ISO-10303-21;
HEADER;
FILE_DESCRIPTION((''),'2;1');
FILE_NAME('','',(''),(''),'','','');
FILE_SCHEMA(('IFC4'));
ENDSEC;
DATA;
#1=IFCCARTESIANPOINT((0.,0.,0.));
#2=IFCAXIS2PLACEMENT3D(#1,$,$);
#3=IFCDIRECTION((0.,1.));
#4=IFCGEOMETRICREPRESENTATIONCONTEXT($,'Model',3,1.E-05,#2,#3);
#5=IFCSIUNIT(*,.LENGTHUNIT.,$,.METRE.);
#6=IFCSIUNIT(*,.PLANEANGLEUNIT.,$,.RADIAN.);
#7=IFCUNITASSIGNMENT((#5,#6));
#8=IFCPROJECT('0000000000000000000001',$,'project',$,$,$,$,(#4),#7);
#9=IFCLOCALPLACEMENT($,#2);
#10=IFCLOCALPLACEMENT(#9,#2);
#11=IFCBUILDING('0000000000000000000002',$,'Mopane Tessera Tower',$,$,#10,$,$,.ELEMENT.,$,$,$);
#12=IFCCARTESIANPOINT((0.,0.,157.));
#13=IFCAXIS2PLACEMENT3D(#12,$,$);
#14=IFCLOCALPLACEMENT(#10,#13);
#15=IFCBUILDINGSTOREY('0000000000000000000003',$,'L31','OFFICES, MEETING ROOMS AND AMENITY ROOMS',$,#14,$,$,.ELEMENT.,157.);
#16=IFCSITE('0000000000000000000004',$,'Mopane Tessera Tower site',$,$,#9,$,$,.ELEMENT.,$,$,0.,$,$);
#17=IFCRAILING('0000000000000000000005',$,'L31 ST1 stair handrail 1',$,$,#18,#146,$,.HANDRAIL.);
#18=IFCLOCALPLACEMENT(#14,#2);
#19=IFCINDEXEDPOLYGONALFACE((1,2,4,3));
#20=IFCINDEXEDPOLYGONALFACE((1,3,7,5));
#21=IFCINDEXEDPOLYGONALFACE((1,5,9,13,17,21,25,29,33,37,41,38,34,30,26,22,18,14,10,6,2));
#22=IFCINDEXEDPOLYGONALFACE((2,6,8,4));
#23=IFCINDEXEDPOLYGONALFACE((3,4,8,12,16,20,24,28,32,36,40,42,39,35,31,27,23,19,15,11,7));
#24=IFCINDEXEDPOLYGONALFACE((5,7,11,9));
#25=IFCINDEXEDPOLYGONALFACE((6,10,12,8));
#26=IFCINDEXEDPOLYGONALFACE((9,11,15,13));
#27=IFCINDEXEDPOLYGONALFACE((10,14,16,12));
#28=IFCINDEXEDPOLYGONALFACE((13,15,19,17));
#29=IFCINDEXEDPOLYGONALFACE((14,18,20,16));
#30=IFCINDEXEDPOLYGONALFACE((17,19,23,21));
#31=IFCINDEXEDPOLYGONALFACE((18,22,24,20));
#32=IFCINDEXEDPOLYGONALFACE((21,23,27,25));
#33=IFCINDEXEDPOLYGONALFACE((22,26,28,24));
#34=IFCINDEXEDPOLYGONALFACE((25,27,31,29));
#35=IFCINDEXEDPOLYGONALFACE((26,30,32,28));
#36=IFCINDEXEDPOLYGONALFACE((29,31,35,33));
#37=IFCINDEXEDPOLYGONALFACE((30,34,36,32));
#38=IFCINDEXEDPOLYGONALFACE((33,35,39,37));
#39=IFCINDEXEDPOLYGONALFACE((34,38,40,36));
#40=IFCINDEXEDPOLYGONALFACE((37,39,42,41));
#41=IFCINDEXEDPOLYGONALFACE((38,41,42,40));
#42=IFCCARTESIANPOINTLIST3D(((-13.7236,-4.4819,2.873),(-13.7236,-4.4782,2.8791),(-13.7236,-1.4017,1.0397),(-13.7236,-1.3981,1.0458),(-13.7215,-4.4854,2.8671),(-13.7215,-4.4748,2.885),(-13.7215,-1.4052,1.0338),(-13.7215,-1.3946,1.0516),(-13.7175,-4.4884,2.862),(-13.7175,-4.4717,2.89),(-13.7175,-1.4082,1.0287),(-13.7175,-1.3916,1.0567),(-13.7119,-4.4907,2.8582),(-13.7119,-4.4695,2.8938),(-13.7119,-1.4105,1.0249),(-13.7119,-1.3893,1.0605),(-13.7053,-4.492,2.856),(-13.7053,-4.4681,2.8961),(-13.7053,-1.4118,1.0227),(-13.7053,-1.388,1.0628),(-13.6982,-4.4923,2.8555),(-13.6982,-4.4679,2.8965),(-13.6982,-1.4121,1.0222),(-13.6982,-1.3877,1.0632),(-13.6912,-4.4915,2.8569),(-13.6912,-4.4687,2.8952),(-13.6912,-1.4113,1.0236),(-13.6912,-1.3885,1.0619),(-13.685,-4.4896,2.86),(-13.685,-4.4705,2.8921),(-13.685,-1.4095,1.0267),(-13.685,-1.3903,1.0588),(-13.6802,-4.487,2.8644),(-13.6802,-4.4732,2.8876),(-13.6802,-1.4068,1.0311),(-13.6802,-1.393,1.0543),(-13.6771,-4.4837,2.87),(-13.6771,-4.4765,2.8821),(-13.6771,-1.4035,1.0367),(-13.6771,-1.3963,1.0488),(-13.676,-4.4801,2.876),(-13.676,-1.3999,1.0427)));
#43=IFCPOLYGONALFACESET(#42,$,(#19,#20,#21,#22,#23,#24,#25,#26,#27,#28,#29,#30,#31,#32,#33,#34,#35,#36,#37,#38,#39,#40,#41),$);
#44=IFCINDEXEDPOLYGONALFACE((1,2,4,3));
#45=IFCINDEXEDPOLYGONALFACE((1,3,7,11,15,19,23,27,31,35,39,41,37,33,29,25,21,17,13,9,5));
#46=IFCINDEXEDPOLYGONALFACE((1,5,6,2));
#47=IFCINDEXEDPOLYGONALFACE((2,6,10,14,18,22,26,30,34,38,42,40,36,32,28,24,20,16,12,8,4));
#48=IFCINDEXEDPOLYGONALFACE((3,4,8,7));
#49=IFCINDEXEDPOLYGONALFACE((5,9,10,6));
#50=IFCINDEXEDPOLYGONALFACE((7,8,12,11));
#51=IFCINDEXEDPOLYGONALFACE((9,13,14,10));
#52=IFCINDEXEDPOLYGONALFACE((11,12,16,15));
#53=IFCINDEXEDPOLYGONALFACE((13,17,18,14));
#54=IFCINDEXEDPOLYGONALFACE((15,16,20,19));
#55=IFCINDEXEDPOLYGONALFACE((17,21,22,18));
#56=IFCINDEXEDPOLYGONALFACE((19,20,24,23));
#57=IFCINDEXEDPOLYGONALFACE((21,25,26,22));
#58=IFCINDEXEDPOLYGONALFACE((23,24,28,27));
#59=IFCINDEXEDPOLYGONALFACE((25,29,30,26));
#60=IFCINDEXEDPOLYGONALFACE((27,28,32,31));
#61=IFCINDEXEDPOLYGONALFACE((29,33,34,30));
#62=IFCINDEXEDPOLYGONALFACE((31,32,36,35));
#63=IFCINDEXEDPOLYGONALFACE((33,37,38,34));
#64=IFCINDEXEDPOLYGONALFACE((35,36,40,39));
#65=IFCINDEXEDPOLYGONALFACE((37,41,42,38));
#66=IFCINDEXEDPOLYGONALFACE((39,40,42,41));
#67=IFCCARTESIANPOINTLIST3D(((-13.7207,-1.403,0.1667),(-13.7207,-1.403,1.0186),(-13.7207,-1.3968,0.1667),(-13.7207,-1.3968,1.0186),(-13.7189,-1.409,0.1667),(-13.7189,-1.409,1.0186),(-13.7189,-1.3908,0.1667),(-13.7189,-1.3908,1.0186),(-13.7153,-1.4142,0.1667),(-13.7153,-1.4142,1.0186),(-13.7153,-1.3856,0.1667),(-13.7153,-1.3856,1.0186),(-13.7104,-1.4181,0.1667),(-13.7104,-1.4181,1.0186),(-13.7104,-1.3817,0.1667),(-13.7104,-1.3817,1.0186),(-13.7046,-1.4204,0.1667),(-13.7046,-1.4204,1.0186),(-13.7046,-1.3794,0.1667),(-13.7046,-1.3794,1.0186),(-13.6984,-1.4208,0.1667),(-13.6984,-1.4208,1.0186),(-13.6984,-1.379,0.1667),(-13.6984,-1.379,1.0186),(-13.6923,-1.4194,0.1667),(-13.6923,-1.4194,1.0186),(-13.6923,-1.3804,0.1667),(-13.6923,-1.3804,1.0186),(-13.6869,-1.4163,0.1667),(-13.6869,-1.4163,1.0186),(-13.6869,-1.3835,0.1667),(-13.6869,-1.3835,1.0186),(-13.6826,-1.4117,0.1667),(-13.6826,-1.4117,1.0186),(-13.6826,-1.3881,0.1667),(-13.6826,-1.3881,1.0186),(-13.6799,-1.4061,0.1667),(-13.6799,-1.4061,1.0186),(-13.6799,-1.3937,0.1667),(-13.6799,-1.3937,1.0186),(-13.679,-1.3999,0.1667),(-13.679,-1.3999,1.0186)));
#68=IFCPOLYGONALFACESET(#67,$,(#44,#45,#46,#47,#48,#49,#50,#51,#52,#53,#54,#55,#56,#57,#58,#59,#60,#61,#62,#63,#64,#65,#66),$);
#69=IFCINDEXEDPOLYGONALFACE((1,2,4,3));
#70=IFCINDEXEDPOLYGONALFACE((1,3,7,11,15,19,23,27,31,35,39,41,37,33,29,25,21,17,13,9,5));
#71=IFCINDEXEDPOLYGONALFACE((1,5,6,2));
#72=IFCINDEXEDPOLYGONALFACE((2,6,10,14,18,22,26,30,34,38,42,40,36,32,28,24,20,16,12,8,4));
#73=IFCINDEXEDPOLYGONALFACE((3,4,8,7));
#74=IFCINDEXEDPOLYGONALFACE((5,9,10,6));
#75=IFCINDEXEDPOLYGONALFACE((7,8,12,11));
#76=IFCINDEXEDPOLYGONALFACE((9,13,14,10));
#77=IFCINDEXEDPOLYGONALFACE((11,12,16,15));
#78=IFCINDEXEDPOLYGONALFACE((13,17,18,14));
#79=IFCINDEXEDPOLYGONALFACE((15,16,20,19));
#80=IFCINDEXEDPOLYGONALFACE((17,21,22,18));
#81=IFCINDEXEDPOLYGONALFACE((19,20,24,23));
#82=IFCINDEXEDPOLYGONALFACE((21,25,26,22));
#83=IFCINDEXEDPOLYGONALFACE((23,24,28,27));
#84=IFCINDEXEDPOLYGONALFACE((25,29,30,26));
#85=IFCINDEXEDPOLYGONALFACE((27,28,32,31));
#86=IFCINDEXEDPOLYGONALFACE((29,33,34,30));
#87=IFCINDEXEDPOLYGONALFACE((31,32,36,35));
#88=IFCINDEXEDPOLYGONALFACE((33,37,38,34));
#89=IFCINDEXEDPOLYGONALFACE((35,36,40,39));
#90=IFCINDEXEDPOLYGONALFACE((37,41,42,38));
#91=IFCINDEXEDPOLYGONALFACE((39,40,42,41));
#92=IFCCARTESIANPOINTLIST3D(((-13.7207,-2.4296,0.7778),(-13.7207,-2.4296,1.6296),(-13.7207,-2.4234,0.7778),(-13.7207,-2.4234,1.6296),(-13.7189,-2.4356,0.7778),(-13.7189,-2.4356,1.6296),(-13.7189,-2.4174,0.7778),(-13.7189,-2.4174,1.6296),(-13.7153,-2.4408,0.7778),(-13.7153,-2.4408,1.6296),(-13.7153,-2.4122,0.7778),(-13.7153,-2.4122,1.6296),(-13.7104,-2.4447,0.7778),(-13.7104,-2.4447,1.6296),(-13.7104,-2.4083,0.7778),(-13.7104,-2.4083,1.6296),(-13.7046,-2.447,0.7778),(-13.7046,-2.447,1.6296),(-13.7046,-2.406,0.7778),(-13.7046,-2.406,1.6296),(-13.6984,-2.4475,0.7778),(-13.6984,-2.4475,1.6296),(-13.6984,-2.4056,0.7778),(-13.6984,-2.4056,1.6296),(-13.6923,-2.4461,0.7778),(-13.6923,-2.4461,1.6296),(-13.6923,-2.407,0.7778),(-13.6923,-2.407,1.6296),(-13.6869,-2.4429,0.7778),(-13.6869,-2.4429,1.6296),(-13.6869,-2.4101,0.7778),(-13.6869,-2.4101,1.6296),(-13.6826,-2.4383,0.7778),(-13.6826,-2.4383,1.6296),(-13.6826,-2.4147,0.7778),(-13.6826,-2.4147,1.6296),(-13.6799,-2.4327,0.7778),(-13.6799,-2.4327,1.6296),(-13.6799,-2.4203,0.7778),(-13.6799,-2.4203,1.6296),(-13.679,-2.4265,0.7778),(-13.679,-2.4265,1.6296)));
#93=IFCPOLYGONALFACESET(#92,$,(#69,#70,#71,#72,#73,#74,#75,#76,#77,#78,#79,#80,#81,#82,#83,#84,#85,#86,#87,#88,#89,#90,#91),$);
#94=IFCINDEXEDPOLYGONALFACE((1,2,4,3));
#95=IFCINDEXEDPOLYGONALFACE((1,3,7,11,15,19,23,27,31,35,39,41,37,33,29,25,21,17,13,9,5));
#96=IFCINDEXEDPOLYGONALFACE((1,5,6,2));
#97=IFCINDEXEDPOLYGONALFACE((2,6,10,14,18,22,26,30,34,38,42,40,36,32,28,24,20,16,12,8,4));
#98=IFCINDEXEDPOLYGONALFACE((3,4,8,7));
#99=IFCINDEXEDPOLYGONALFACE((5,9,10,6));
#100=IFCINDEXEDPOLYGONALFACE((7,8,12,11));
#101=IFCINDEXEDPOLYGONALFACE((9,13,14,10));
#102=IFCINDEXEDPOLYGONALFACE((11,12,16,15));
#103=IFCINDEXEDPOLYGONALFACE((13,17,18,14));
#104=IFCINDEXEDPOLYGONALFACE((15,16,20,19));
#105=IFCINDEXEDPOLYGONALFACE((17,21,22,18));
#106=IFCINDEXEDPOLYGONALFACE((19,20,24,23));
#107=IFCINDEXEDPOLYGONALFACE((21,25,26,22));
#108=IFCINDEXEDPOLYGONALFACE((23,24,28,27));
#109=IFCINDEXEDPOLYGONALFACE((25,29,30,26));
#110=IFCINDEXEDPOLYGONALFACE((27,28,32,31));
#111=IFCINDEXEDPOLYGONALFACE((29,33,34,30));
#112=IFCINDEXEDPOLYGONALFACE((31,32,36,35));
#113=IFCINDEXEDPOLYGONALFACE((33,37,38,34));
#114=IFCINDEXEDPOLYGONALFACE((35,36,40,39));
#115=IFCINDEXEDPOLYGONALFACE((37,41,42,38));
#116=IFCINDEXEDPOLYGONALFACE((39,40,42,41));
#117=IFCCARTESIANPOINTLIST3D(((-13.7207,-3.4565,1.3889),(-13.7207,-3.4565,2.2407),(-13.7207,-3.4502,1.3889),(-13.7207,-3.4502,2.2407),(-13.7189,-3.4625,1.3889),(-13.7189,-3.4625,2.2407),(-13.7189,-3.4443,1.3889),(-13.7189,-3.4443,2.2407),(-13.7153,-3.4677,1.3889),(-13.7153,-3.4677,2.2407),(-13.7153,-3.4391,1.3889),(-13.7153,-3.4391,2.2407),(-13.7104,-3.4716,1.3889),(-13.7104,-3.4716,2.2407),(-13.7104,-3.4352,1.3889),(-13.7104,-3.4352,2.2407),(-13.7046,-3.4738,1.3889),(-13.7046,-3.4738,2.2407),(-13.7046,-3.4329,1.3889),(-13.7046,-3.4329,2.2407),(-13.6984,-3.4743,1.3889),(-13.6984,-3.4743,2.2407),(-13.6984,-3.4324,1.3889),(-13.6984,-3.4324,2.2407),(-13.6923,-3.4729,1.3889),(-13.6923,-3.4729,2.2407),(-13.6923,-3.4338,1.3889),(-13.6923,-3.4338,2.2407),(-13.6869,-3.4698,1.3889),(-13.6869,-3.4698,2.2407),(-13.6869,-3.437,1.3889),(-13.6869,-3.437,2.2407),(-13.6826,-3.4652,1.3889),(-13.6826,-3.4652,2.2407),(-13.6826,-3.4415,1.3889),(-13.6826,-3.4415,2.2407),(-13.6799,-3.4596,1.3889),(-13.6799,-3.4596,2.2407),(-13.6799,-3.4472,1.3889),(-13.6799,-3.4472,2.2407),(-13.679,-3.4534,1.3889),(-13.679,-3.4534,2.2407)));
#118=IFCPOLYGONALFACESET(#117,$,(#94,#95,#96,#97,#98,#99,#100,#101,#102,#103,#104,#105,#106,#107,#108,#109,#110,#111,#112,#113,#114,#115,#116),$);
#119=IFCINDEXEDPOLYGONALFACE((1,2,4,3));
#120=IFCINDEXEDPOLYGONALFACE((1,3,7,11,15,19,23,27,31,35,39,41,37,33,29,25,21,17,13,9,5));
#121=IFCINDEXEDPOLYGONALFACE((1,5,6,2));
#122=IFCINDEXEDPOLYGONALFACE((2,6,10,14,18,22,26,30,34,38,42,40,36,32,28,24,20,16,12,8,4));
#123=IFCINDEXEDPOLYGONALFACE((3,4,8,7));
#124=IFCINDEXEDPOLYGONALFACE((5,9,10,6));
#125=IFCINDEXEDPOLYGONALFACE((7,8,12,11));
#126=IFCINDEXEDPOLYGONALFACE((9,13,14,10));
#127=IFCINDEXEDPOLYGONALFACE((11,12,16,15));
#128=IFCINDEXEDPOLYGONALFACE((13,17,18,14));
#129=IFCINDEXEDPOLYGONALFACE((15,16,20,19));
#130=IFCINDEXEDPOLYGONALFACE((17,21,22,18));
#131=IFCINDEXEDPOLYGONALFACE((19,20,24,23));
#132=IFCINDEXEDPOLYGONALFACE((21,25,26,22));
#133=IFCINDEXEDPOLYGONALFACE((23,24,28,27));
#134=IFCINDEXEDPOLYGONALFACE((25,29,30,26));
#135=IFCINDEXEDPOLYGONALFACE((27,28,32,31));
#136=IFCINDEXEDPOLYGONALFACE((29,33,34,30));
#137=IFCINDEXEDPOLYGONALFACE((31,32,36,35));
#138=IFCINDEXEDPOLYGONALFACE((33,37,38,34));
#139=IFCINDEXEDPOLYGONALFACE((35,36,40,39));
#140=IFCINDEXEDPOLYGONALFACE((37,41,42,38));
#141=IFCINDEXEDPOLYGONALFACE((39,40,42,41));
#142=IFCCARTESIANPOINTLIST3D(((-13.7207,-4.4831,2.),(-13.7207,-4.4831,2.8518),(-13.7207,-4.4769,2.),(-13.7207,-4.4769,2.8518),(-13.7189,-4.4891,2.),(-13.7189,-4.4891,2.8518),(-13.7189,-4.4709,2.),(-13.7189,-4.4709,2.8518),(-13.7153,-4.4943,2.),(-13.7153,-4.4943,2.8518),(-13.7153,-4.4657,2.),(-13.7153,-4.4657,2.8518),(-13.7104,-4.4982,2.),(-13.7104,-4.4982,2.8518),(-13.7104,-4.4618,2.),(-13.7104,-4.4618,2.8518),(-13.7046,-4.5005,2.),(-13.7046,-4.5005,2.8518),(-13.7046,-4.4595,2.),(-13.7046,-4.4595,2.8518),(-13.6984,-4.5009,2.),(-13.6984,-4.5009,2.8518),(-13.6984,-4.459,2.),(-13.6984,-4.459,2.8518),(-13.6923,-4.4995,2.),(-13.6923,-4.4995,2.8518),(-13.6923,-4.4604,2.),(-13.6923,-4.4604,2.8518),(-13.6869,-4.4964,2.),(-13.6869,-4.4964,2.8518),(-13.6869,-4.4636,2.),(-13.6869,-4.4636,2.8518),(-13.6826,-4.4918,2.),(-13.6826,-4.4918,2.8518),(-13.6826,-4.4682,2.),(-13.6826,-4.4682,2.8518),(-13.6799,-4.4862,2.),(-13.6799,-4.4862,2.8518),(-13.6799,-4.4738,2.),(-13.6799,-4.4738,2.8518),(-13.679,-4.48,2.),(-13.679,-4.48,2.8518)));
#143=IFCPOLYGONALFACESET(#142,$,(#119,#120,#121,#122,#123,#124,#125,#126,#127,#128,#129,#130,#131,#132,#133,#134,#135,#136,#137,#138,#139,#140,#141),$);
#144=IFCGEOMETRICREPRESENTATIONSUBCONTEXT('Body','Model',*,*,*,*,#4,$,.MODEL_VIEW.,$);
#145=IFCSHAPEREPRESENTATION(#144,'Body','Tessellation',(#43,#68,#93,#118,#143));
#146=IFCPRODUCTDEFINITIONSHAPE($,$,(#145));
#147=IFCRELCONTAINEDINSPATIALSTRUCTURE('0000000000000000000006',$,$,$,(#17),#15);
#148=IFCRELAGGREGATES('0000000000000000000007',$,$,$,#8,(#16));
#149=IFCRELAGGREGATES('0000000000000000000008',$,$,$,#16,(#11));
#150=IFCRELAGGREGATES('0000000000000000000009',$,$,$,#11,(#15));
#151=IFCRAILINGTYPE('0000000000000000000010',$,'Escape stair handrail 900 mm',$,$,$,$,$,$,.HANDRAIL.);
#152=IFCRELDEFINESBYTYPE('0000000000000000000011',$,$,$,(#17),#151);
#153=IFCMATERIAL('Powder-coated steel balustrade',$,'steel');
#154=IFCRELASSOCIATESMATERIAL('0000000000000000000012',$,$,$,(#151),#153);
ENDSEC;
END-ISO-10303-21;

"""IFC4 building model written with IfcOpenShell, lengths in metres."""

from ifc_helpers import new_model, si_unit, direction, frame, origin, origin_2d, place, context, subcontext, project, spatial, circle, extrude, material, type_object, element, save


model = new_model("IFC4")

# Units and contexts
model_context = context("Model", 3, precision=1e-05, world=origin(), true_north=direction((0.0, 1.0)))
body_context = subcontext(model_context, "Body", "Model", "MODEL_VIEW")
ifc_project = project(units=[si_unit("LENGTHUNIT", "METRE"), si_unit("PLANEANGLEUNIT", "RADIAN")], contexts=[model_context])

# Site, building, storey
site_placement = place(None, origin())
site = spatial("IfcSite", under=ifc_project, at=site_placement, Name="Mopane Tessera Tower site", CompositionType="ELEMENT", RefElevation=0.0)
building_placement = place(site_placement, origin())
building = spatial("IfcBuilding", under=site, at=building_placement, Name="Mopane Tessera Tower", CompositionType="ELEMENT")
storey_placement = place(building_placement, frame((0.0, 0.0, 157.0)))
storey = spatial("IfcBuildingStorey", under=building, at=storey_placement, Name="L31", Description="OFFICES, MEETING ROOMS AND AMENITY ROOMS", CompositionType="ELEMENT", Elevation=157.0)

# Railing
ifc_material_1 = material(Name="Powder-coated steel balustrade", Category="steel")
railing_type_1 = type_object("IfcRailingType", Name="Escape stair handrail 900 mm", PredefinedType="HANDRAIL", material=ifc_material_1)
railing_1_placement = place(storey_placement, frame((-13.7, -1.3999, 0.1667)))
element("IfcRailing", 1, at=railing_1_placement, inside=storey, type_object=railing_type_1, Name="L31 ST1 stair handrail 1", PredefinedType="HANDRAIL", context=body_context, shape_type="SweptSolid", body=[
    extrude(circle(Radius=0.0239, at=origin_2d()), frame((0.0, 0.0, 0.876), z_axis=(0.0, -0.859309, 0.511458), x_axis=(1.0, 0.0, 0.0)), (0.0, 0.0, 1.0), 3.5845),
    extrude(circle(Radius=0.021, at=origin_2d()), origin(), (0.0, 0.0, 1.0), 0.8518),
    extrude(circle(Radius=0.021, at=origin_2d()), frame((0.0, -1.0266, 0.6111)), (0.0, 0.0, 1.0), 0.8518),
    extrude(circle(Radius=0.021, at=origin_2d()), frame((0.0, -2.0535, 1.2222)), (0.0, 0.0, 1.0), 0.8518),
    extrude(circle(Radius=0.021, at=origin_2d()), frame((0.0, -3.0801, 1.8333)), (0.0, 0.0, 1.0), 0.8518),
])

save(model, "model.ifc")
